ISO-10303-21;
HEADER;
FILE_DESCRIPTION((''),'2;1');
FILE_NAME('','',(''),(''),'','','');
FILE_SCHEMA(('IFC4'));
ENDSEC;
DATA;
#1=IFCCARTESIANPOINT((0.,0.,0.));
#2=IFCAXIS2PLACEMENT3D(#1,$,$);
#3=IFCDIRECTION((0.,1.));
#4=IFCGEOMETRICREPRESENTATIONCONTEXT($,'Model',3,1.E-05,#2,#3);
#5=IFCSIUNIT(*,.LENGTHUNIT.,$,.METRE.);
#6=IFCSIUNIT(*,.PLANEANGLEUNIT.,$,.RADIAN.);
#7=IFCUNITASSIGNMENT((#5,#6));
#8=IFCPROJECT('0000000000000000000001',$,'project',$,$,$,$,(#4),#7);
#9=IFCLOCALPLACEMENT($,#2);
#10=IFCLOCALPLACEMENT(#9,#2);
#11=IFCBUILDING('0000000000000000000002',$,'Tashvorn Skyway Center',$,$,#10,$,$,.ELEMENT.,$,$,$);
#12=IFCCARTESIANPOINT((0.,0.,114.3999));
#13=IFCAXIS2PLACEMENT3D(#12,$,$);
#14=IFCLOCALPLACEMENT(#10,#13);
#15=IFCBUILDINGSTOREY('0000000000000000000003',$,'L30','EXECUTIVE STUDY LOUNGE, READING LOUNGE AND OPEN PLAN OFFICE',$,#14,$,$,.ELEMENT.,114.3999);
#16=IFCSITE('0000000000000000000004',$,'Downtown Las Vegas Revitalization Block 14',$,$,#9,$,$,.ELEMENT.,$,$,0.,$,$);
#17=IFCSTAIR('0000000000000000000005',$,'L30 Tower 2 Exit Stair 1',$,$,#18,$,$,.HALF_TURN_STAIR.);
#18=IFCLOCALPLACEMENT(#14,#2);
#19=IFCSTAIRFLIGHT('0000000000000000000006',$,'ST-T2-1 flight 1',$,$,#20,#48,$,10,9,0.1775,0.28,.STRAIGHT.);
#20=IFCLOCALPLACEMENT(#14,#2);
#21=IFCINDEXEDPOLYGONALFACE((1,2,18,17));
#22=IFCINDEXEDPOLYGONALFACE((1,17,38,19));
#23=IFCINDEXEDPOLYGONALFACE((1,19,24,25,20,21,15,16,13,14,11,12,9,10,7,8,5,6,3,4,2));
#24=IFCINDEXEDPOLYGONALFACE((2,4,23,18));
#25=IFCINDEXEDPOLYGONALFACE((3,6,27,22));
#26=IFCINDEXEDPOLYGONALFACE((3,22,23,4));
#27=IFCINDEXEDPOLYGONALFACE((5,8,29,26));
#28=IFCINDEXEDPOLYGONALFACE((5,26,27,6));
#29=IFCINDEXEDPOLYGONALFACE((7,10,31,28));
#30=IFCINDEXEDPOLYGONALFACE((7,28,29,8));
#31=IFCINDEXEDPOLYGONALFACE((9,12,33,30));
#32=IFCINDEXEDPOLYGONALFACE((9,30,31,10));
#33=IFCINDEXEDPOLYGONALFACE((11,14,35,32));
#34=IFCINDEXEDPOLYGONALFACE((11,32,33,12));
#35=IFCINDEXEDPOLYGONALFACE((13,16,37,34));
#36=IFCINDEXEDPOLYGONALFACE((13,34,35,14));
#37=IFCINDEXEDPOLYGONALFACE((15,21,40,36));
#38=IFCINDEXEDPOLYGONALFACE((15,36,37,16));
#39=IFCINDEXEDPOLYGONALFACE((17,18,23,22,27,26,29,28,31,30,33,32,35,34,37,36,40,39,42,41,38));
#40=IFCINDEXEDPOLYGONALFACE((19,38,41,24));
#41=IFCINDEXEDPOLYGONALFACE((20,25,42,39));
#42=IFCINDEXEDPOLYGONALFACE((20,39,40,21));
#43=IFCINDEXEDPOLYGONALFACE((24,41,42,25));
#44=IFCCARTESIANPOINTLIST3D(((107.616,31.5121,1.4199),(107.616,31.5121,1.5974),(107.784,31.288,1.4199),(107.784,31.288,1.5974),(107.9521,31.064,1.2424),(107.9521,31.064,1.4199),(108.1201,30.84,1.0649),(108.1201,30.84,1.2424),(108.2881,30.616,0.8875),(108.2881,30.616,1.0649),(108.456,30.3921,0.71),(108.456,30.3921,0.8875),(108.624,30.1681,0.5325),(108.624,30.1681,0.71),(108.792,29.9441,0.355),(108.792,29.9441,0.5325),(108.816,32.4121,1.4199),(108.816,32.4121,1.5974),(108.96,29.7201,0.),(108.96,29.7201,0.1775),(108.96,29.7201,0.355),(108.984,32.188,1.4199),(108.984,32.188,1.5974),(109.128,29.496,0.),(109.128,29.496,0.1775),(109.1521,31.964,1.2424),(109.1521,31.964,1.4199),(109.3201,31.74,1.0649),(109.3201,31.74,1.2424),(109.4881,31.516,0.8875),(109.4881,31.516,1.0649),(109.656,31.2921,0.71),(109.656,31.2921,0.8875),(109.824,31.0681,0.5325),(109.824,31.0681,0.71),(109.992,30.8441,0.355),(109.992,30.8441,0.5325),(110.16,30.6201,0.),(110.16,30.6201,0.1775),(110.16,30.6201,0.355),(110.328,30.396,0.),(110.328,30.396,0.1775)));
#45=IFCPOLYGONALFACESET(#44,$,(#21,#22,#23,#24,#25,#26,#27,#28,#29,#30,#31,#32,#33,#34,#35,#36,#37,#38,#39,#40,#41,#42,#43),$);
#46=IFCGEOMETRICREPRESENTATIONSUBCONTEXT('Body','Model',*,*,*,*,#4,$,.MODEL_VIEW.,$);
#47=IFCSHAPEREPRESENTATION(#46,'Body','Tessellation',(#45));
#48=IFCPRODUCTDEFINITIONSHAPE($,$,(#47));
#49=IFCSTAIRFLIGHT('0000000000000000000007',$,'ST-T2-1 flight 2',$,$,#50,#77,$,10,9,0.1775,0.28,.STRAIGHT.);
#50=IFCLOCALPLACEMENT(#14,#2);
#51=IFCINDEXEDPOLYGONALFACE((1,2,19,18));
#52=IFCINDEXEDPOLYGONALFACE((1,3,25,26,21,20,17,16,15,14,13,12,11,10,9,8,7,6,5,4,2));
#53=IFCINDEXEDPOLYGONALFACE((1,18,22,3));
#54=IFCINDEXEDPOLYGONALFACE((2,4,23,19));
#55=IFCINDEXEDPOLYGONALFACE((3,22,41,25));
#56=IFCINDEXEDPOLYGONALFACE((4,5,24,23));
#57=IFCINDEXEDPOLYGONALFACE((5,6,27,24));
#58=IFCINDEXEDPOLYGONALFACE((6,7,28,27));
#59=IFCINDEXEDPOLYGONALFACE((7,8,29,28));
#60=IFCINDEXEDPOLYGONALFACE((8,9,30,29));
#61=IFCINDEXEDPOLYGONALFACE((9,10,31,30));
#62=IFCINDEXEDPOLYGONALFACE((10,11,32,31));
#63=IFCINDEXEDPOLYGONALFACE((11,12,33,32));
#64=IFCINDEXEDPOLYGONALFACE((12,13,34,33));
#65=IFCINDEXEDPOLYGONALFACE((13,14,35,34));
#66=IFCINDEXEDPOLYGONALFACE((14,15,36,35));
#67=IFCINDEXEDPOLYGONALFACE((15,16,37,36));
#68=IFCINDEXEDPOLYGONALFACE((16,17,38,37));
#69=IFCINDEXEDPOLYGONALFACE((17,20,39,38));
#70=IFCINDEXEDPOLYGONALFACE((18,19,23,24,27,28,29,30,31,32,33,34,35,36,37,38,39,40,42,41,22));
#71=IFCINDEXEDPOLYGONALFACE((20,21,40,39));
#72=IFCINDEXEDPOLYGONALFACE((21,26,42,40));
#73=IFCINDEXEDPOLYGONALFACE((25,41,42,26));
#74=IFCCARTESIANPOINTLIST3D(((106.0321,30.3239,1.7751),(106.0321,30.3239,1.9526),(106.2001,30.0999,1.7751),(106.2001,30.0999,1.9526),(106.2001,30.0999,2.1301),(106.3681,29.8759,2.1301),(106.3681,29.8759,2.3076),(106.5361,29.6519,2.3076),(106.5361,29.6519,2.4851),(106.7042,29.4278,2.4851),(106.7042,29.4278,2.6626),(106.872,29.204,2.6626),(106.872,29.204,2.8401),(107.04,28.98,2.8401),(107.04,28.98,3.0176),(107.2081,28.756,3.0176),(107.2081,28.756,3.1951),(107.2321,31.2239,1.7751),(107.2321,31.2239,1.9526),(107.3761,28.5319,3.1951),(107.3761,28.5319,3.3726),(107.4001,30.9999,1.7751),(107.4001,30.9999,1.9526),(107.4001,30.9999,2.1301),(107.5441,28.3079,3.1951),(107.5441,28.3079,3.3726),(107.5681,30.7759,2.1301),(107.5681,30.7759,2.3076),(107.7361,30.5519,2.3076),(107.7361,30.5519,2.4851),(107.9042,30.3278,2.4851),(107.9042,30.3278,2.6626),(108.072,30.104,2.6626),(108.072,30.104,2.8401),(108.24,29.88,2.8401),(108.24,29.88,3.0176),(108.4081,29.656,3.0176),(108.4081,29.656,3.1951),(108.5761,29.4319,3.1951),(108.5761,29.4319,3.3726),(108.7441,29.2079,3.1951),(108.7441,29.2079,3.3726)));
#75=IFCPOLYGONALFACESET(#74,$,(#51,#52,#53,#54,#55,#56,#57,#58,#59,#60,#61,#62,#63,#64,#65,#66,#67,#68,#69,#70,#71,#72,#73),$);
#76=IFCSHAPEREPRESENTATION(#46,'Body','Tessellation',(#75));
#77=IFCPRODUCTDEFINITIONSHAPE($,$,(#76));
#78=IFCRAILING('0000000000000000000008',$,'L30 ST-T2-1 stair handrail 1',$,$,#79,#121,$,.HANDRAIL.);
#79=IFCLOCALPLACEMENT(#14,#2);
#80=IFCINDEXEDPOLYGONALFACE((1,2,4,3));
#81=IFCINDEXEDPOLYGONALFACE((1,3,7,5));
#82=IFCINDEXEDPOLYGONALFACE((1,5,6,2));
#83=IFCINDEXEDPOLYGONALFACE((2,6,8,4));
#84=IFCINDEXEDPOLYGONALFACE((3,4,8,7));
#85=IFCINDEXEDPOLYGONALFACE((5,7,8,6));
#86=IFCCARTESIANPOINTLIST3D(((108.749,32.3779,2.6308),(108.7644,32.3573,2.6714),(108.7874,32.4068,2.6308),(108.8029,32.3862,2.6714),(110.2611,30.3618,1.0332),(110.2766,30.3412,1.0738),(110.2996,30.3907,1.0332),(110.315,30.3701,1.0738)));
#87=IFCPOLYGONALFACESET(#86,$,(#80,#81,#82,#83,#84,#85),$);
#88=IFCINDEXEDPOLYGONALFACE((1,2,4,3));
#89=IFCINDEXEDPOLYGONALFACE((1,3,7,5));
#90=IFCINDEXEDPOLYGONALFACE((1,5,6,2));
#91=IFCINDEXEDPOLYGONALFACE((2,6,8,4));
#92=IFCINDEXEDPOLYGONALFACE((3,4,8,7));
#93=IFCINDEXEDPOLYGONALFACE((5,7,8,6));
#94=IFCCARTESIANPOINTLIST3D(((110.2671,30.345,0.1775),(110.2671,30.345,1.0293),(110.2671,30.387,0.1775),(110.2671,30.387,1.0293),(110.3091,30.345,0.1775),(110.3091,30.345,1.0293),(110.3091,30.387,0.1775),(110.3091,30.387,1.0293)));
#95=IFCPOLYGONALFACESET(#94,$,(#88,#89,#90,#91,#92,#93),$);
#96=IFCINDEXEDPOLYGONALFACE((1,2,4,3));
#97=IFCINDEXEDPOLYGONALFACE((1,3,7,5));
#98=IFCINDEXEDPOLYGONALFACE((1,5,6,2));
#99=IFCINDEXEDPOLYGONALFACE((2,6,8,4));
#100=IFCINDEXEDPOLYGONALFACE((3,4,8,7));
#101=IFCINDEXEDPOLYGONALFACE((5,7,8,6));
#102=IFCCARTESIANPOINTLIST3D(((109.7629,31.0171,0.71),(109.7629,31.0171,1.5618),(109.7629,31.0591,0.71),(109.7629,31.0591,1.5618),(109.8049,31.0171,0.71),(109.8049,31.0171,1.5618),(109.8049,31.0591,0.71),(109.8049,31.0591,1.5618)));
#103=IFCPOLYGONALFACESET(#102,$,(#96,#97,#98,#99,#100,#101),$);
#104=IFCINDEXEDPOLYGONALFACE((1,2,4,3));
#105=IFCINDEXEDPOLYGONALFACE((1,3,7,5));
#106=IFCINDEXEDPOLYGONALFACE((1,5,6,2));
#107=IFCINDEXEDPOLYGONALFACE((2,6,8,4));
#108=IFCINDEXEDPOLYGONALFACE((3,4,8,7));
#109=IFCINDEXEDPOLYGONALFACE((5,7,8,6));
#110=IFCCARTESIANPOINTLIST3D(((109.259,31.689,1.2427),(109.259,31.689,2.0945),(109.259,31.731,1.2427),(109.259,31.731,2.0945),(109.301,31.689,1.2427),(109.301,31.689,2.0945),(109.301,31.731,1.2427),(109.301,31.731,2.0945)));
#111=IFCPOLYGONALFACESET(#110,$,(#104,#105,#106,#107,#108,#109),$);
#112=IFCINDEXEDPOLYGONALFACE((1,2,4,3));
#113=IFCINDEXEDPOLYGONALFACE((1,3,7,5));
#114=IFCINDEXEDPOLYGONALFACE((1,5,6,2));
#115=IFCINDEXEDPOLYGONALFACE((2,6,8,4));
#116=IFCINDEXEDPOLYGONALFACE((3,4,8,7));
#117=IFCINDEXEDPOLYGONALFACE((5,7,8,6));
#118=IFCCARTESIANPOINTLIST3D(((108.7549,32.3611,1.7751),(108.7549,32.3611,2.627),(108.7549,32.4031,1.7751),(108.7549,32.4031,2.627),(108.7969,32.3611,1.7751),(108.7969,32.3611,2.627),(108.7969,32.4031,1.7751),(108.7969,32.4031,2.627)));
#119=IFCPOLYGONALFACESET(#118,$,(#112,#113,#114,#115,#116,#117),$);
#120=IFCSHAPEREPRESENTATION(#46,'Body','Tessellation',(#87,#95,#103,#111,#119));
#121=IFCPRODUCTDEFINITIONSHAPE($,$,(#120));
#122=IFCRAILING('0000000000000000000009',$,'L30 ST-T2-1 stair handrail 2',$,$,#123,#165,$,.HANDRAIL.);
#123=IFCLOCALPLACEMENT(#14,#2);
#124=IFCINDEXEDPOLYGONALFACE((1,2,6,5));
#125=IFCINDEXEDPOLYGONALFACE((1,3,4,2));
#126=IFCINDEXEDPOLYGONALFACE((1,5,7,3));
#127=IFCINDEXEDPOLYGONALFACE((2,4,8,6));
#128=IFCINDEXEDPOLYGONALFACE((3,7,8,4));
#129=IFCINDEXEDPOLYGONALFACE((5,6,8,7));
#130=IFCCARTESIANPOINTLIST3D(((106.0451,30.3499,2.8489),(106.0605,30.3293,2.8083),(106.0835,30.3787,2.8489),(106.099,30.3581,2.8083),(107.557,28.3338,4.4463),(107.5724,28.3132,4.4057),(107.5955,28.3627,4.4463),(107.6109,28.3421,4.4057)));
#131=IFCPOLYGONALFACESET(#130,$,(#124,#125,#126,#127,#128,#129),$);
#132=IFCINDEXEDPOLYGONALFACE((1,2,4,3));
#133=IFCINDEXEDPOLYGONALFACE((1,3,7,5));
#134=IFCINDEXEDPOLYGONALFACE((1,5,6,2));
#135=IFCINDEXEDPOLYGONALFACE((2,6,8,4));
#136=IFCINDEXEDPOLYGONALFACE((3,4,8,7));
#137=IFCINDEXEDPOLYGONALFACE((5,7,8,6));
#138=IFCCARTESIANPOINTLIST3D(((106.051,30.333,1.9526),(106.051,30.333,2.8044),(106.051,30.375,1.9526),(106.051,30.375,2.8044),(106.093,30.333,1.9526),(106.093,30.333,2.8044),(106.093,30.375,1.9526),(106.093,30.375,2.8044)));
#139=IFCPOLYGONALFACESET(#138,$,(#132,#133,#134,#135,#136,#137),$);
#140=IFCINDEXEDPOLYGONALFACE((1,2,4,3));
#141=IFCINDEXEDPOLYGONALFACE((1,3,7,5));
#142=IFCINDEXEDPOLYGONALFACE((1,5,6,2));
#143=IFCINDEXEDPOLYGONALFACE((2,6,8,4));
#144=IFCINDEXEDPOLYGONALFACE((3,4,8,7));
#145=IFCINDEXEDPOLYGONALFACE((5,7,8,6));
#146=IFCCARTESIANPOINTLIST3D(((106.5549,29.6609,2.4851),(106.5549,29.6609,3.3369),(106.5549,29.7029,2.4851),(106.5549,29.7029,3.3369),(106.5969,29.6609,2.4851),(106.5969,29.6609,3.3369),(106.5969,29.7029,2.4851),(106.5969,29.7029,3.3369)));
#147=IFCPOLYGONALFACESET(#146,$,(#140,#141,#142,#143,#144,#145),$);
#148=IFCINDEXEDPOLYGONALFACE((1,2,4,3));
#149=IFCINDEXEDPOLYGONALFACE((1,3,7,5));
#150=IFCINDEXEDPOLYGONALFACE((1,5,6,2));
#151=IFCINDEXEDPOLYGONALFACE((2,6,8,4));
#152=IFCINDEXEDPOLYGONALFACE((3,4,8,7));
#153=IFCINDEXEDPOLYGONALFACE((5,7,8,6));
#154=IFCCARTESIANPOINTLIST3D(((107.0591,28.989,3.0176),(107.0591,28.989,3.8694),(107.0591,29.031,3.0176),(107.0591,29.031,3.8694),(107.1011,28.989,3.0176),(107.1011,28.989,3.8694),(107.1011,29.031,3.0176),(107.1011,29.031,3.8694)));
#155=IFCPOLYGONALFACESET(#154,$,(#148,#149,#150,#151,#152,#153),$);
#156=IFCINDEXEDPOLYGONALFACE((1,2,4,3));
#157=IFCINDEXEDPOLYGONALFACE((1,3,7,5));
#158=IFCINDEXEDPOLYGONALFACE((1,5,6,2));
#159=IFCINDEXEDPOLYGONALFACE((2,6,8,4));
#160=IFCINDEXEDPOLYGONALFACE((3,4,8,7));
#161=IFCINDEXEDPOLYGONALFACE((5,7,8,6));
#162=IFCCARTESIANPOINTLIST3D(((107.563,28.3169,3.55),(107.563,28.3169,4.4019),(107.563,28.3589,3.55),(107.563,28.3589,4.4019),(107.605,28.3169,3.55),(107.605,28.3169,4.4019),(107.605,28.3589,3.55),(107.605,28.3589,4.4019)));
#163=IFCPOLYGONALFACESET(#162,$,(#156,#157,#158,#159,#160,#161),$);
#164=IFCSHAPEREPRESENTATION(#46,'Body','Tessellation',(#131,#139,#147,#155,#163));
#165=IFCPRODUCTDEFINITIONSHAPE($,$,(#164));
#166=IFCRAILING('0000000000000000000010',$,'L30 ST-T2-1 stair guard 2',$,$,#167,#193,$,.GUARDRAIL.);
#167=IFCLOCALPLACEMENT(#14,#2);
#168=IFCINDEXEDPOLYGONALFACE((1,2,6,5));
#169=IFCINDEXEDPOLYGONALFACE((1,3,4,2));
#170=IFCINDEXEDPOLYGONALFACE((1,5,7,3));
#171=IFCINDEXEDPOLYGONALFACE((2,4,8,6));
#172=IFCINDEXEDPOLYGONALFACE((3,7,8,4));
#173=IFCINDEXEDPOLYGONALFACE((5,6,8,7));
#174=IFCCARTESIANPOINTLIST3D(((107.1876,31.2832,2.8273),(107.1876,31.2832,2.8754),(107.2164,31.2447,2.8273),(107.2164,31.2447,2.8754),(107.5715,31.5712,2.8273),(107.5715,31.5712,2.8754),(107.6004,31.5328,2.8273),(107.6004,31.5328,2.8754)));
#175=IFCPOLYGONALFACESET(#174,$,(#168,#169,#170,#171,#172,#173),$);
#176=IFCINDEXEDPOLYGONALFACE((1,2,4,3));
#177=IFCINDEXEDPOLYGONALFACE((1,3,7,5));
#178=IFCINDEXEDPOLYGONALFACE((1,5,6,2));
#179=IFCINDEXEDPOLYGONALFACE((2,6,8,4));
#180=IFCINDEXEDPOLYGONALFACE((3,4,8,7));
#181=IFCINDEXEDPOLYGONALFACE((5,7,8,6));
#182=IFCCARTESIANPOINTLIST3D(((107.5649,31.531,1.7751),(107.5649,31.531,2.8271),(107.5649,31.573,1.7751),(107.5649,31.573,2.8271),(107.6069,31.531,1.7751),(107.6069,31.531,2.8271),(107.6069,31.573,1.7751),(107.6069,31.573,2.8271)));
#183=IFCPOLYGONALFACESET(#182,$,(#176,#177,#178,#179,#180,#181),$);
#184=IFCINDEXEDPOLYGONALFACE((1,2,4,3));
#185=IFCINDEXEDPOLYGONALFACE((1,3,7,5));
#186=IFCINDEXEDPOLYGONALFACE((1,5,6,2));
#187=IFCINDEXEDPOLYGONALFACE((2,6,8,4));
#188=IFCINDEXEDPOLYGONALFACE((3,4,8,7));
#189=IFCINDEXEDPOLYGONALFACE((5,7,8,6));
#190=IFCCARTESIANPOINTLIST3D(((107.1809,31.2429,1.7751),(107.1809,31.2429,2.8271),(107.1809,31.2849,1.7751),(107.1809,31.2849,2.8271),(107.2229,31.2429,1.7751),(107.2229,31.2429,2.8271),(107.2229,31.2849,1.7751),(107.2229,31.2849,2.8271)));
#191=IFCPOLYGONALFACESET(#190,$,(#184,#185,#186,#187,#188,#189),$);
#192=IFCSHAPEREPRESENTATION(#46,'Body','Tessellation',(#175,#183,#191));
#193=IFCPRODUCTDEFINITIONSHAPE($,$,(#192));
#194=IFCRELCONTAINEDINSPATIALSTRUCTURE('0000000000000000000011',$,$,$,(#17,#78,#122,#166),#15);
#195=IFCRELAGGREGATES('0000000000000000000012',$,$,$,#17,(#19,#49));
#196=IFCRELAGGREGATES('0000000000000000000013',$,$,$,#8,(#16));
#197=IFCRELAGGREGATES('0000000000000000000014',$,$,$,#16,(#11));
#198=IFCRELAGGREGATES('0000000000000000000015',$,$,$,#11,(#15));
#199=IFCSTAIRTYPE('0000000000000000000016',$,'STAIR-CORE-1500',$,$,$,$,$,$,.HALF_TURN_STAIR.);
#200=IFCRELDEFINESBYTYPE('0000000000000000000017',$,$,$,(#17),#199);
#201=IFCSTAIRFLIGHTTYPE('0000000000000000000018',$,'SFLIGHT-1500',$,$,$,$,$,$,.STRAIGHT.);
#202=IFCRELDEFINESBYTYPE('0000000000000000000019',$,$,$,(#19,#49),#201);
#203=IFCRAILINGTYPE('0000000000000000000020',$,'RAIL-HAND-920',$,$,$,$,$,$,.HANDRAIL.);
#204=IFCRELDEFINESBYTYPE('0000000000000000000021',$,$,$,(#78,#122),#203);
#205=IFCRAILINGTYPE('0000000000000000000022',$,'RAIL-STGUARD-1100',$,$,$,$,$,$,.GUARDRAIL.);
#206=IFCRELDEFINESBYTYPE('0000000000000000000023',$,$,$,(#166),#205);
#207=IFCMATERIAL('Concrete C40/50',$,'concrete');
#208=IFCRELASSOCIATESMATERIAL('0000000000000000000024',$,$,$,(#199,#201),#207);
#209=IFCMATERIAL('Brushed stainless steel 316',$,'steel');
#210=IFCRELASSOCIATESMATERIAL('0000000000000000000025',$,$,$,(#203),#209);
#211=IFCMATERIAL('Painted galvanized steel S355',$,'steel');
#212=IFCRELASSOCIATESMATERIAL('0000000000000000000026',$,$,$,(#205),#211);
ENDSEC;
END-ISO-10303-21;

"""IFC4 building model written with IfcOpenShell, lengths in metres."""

from ifc_helpers import new_model, si_unit, direction, frame, origin, origin_2d, place, context, subcontext, project, spatial, polyline, rectangle, outline, extrude, material, type_object, element, aggregate, save


model = new_model("IFC4")

# Units and contexts
model_context = context("Model", 3, precision=1e-05, world=origin(), true_north=direction((0.0, 1.0)))
body_context = subcontext(model_context, "Body", "Model", "MODEL_VIEW")
ifc_project = project(units=[si_unit("LENGTHUNIT", "METRE"), si_unit("PLANEANGLEUNIT", "RADIAN")], contexts=[model_context])

# Site, building, storey
site_placement = place(None, origin())
site = spatial("IfcSite", under=ifc_project, at=site_placement, Name="Downtown Las Vegas Revitalization Block 14", CompositionType="ELEMENT", RefElevation=0.0)
building_placement = place(site_placement, origin())
building = spatial("IfcBuilding", under=site, at=building_placement, Name="Tashvorn Skyway Center", CompositionType="ELEMENT")
storey_placement = place(building_placement, frame((0.0, 0.0, 114.3999)))
storey = spatial("IfcBuildingStorey", under=building, at=storey_placement, Name="L30", Description="EXECUTIVE STUDY LOUNGE, READING LOUNGE AND OPEN PLAN OFFICE", CompositionType="ELEMENT", Elevation=114.3999)

# Shared definitions
ifc_material_1 = material(Name="Concrete C40/50", Category="concrete")

# Stair, stair flights
stair_type = type_object("IfcStairType", Name="STAIR-CORE-1500", PredefinedType="HALF_TURN_STAIR", material=ifc_material_1)
stair_placement = place(storey_placement, origin())
stair = element("IfcStair", 1, at=stair_placement, inside=storey, type_object=stair_type, Name="L30 Tower 2 Exit Stair 1", PredefinedType="HALF_TURN_STAIR")
stair_flight_type = type_object("IfcStairFlightType", Name="SFLIGHT-1500", PredefinedType="STRAIGHT", material=ifc_material_1)
stair_flight_1_placement = place(storey_placement, frame((109.728, 29.946, 0.0), z_axis=(0.0, 0.0, 1.0), x_axis=(-0.6, 0.8, 0.0)))
stair_flight_1 = element("IfcStairFlight", 2, at=stair_flight_1_placement, type_object=stair_flight_type, Name="ST-T2-1 flight 1", NumberOfRisers=10, NumberOfTreads=9, PredefinedType="STRAIGHT", RiserHeight=0.1775, TreadLength=0.28, context=body_context, shape_type="SweptSolid", body=[
    extrude(outline(polyline([(0.0, 0.0), (0.0, 0.1775), (0.28, 0.1775), (0.28, 0.355), (0.5601, 0.355), (0.5601, 0.5325), (0.8401, 0.5325), (0.8401, 0.71), (1.1201, 0.71), (1.1201, 0.8875), (1.3999, 0.8875), (1.3999, 1.0649), (1.6799, 1.0649), (1.6799, 1.2424), (1.96, 1.2424), (1.96, 1.4199), (2.24, 1.4199), (2.24, 1.5974), (2.52, 1.5974), (2.52, 1.7749), (2.52, 1.4199), (0.28, 0.0), (0.0, 0.0)])), frame((0.0, 0.75, 0.0), z_axis=(0.0, -1.0, 0.0), x_axis=(1.0, 0.0, 0.0)), (0.0, 0.0, 1.0), 1.5),
])
stair_flight_2_placement = place(storey_placement, frame((106.6321, 30.7739, 1.7751), z_axis=(0.0, 0.0, 1.0), x_axis=(0.6, -0.8, 0.0)))
stair_flight_2 = element("IfcStairFlight", 3, at=stair_flight_2_placement, type_object=stair_flight_type, Name="ST-T2-1 flight 2", NumberOfRisers=10, NumberOfTreads=9, PredefinedType="STRAIGHT", RiserHeight=0.1775, TreadLength=0.28, context=body_context, shape_type="SweptSolid", body=[
    extrude(outline(polyline([(0.0, 0.0), (0.0, 0.1775), (0.28, 0.1775), (0.28, 0.355), (0.5601, 0.355), (0.5601, 0.5325), (0.8401, 0.5325), (0.8401, 0.71), (1.1201, 0.71), (1.1201, 0.8875), (1.3999, 0.8875), (1.3999, 1.0649), (1.6799, 1.0649), (1.6799, 1.2424), (1.96, 1.2424), (1.96, 1.4199), (2.24, 1.4199), (2.24, 1.5974), (2.52, 1.5974), (2.52, 1.7749), (2.52, 1.4199), (0.28, 0.0), (0.0, 0.0)])), frame((0.0, 0.75, 0.0), z_axis=(0.0, -1.0, 0.0), x_axis=(1.0, 0.0, 0.0)), (0.0, 0.0, 1.0), 1.5),
])
aggregate(stair, [stair_flight_1, stair_flight_2])

# Railings
ifc_material_2 = material(Name="Brushed stainless steel 316", Category="steel")
railing_type_1 = type_object("IfcRailingType", Name="RAIL-HAND-920", PredefinedType="HANDRAIL", material=ifc_material_2)
railing_1_placement = place(storey_placement, frame((110.2881, 30.366, 0.1775)))
element("IfcRailing", 4, at=railing_1_placement, inside=storey, type_object=railing_type_1, Name="L30 ST-T2-1 stair handrail 1", PredefinedType="HANDRAIL", context=body_context, shape_type="SweptSolid", body=[
    extrude(rectangle(XDim=0.0481, YDim=0.0481, at=origin_2d()), frame((0.0, 0.0, 0.876), z_axis=(-0.506779, 0.675651, 0.535416), x_axis=(-0.799977, -0.600031, 0.0)), (0.0, 0.0, 1.0), 2.9839),
    extrude(rectangle(XDim=0.042, YDim=0.042, at=origin_2d()), origin(), (0.0, 0.0, 1.0), 0.8518),
    extrude(rectangle(XDim=0.042, YDim=0.042, at=origin_2d()), frame((-0.5042, 0.6721, 0.5325)), (0.0, 0.0, 1.0), 0.8518),
    extrude(rectangle(XDim=0.042, YDim=0.042, at=origin_2d()), frame((-1.0081, 1.344, 1.0652)), (0.0, 0.0, 1.0), 0.8518),
    extrude(rectangle(XDim=0.042, YDim=0.042, at=origin_2d()), frame((-1.5122, 2.0161, 1.5977)), (0.0, 0.0, 1.0), 0.8518),
])
railing_2_placement = place(storey_placement, frame((106.072, 30.354, 1.9526)))
element("IfcRailing", 5, at=railing_2_placement, inside=storey, type_object=railing_type_1, Name="L30 ST-T2-1 stair handrail 2", PredefinedType="HANDRAIL", context=body_context, shape_type="SweptSolid", body=[
    extrude(rectangle(XDim=0.0481, YDim=0.0481, at=origin_2d()), frame((0.0, 0.0, 0.876), z_axis=(0.506741, -0.675709, 0.535379), x_axis=(0.800023, 0.599969, 0.0)), (0.0, 0.0, 1.0), 2.9836),
    extrude(rectangle(XDim=0.042, YDim=0.042, at=origin_2d()), origin(), (0.0, 0.0, 1.0), 0.8518),
    extrude(rectangle(XDim=0.042, YDim=0.042, at=origin_2d()), frame((0.5039, -0.6721, 0.5325)), (0.0, 0.0, 1.0), 0.8518),
    extrude(rectangle(XDim=0.042, YDim=0.042, at=origin_2d()), frame((1.0081, -1.344, 1.0649)), (0.0, 0.0, 1.0), 0.8518),
    extrude(rectangle(XDim=0.042, YDim=0.042, at=origin_2d()), frame((1.512, -2.0161, 1.5974)), (0.0, 0.0, 1.0), 0.8518),
])
ifc_material_3 = material(Name="Painted galvanized steel S355", Category="steel")
railing_type_2 = type_object("IfcRailingType", Name="RAIL-STGUARD-1100", PredefinedType="GUARDRAIL", material=ifc_material_3)
railing_3_placement = place(storey_placement, frame((107.5859, 31.552, 1.7751)))
element("IfcRailing", 6, at=railing_3_placement, inside=storey, type_object=railing_type_2, Name="L30 ST-T2-1 stair guard 2", PredefinedType="GUARDRAIL", context=body_context, shape_type="SweptSolid", body=[
    extrude(rectangle(XDim=0.0481, YDim=0.0481, at=origin_2d()), frame((0.0, 0.0, 1.0762), z_axis=(-0.799939, -0.600081, 0.0), x_axis=(0.600081, -0.799939, 0.0)), (0.0, 0.0, 1.0), 0.48),
    extrude(rectangle(XDim=0.042, YDim=0.042, at=origin_2d()), origin(), (0.0, 0.0, 1.0), 1.052),
    extrude(rectangle(XDim=0.042, YDim=0.042, at=origin_2d()), frame((-0.384, -0.2881, 0.0)), (0.0, 0.0, 1.0), 1.052),
])

save(model, "model.ifc")
